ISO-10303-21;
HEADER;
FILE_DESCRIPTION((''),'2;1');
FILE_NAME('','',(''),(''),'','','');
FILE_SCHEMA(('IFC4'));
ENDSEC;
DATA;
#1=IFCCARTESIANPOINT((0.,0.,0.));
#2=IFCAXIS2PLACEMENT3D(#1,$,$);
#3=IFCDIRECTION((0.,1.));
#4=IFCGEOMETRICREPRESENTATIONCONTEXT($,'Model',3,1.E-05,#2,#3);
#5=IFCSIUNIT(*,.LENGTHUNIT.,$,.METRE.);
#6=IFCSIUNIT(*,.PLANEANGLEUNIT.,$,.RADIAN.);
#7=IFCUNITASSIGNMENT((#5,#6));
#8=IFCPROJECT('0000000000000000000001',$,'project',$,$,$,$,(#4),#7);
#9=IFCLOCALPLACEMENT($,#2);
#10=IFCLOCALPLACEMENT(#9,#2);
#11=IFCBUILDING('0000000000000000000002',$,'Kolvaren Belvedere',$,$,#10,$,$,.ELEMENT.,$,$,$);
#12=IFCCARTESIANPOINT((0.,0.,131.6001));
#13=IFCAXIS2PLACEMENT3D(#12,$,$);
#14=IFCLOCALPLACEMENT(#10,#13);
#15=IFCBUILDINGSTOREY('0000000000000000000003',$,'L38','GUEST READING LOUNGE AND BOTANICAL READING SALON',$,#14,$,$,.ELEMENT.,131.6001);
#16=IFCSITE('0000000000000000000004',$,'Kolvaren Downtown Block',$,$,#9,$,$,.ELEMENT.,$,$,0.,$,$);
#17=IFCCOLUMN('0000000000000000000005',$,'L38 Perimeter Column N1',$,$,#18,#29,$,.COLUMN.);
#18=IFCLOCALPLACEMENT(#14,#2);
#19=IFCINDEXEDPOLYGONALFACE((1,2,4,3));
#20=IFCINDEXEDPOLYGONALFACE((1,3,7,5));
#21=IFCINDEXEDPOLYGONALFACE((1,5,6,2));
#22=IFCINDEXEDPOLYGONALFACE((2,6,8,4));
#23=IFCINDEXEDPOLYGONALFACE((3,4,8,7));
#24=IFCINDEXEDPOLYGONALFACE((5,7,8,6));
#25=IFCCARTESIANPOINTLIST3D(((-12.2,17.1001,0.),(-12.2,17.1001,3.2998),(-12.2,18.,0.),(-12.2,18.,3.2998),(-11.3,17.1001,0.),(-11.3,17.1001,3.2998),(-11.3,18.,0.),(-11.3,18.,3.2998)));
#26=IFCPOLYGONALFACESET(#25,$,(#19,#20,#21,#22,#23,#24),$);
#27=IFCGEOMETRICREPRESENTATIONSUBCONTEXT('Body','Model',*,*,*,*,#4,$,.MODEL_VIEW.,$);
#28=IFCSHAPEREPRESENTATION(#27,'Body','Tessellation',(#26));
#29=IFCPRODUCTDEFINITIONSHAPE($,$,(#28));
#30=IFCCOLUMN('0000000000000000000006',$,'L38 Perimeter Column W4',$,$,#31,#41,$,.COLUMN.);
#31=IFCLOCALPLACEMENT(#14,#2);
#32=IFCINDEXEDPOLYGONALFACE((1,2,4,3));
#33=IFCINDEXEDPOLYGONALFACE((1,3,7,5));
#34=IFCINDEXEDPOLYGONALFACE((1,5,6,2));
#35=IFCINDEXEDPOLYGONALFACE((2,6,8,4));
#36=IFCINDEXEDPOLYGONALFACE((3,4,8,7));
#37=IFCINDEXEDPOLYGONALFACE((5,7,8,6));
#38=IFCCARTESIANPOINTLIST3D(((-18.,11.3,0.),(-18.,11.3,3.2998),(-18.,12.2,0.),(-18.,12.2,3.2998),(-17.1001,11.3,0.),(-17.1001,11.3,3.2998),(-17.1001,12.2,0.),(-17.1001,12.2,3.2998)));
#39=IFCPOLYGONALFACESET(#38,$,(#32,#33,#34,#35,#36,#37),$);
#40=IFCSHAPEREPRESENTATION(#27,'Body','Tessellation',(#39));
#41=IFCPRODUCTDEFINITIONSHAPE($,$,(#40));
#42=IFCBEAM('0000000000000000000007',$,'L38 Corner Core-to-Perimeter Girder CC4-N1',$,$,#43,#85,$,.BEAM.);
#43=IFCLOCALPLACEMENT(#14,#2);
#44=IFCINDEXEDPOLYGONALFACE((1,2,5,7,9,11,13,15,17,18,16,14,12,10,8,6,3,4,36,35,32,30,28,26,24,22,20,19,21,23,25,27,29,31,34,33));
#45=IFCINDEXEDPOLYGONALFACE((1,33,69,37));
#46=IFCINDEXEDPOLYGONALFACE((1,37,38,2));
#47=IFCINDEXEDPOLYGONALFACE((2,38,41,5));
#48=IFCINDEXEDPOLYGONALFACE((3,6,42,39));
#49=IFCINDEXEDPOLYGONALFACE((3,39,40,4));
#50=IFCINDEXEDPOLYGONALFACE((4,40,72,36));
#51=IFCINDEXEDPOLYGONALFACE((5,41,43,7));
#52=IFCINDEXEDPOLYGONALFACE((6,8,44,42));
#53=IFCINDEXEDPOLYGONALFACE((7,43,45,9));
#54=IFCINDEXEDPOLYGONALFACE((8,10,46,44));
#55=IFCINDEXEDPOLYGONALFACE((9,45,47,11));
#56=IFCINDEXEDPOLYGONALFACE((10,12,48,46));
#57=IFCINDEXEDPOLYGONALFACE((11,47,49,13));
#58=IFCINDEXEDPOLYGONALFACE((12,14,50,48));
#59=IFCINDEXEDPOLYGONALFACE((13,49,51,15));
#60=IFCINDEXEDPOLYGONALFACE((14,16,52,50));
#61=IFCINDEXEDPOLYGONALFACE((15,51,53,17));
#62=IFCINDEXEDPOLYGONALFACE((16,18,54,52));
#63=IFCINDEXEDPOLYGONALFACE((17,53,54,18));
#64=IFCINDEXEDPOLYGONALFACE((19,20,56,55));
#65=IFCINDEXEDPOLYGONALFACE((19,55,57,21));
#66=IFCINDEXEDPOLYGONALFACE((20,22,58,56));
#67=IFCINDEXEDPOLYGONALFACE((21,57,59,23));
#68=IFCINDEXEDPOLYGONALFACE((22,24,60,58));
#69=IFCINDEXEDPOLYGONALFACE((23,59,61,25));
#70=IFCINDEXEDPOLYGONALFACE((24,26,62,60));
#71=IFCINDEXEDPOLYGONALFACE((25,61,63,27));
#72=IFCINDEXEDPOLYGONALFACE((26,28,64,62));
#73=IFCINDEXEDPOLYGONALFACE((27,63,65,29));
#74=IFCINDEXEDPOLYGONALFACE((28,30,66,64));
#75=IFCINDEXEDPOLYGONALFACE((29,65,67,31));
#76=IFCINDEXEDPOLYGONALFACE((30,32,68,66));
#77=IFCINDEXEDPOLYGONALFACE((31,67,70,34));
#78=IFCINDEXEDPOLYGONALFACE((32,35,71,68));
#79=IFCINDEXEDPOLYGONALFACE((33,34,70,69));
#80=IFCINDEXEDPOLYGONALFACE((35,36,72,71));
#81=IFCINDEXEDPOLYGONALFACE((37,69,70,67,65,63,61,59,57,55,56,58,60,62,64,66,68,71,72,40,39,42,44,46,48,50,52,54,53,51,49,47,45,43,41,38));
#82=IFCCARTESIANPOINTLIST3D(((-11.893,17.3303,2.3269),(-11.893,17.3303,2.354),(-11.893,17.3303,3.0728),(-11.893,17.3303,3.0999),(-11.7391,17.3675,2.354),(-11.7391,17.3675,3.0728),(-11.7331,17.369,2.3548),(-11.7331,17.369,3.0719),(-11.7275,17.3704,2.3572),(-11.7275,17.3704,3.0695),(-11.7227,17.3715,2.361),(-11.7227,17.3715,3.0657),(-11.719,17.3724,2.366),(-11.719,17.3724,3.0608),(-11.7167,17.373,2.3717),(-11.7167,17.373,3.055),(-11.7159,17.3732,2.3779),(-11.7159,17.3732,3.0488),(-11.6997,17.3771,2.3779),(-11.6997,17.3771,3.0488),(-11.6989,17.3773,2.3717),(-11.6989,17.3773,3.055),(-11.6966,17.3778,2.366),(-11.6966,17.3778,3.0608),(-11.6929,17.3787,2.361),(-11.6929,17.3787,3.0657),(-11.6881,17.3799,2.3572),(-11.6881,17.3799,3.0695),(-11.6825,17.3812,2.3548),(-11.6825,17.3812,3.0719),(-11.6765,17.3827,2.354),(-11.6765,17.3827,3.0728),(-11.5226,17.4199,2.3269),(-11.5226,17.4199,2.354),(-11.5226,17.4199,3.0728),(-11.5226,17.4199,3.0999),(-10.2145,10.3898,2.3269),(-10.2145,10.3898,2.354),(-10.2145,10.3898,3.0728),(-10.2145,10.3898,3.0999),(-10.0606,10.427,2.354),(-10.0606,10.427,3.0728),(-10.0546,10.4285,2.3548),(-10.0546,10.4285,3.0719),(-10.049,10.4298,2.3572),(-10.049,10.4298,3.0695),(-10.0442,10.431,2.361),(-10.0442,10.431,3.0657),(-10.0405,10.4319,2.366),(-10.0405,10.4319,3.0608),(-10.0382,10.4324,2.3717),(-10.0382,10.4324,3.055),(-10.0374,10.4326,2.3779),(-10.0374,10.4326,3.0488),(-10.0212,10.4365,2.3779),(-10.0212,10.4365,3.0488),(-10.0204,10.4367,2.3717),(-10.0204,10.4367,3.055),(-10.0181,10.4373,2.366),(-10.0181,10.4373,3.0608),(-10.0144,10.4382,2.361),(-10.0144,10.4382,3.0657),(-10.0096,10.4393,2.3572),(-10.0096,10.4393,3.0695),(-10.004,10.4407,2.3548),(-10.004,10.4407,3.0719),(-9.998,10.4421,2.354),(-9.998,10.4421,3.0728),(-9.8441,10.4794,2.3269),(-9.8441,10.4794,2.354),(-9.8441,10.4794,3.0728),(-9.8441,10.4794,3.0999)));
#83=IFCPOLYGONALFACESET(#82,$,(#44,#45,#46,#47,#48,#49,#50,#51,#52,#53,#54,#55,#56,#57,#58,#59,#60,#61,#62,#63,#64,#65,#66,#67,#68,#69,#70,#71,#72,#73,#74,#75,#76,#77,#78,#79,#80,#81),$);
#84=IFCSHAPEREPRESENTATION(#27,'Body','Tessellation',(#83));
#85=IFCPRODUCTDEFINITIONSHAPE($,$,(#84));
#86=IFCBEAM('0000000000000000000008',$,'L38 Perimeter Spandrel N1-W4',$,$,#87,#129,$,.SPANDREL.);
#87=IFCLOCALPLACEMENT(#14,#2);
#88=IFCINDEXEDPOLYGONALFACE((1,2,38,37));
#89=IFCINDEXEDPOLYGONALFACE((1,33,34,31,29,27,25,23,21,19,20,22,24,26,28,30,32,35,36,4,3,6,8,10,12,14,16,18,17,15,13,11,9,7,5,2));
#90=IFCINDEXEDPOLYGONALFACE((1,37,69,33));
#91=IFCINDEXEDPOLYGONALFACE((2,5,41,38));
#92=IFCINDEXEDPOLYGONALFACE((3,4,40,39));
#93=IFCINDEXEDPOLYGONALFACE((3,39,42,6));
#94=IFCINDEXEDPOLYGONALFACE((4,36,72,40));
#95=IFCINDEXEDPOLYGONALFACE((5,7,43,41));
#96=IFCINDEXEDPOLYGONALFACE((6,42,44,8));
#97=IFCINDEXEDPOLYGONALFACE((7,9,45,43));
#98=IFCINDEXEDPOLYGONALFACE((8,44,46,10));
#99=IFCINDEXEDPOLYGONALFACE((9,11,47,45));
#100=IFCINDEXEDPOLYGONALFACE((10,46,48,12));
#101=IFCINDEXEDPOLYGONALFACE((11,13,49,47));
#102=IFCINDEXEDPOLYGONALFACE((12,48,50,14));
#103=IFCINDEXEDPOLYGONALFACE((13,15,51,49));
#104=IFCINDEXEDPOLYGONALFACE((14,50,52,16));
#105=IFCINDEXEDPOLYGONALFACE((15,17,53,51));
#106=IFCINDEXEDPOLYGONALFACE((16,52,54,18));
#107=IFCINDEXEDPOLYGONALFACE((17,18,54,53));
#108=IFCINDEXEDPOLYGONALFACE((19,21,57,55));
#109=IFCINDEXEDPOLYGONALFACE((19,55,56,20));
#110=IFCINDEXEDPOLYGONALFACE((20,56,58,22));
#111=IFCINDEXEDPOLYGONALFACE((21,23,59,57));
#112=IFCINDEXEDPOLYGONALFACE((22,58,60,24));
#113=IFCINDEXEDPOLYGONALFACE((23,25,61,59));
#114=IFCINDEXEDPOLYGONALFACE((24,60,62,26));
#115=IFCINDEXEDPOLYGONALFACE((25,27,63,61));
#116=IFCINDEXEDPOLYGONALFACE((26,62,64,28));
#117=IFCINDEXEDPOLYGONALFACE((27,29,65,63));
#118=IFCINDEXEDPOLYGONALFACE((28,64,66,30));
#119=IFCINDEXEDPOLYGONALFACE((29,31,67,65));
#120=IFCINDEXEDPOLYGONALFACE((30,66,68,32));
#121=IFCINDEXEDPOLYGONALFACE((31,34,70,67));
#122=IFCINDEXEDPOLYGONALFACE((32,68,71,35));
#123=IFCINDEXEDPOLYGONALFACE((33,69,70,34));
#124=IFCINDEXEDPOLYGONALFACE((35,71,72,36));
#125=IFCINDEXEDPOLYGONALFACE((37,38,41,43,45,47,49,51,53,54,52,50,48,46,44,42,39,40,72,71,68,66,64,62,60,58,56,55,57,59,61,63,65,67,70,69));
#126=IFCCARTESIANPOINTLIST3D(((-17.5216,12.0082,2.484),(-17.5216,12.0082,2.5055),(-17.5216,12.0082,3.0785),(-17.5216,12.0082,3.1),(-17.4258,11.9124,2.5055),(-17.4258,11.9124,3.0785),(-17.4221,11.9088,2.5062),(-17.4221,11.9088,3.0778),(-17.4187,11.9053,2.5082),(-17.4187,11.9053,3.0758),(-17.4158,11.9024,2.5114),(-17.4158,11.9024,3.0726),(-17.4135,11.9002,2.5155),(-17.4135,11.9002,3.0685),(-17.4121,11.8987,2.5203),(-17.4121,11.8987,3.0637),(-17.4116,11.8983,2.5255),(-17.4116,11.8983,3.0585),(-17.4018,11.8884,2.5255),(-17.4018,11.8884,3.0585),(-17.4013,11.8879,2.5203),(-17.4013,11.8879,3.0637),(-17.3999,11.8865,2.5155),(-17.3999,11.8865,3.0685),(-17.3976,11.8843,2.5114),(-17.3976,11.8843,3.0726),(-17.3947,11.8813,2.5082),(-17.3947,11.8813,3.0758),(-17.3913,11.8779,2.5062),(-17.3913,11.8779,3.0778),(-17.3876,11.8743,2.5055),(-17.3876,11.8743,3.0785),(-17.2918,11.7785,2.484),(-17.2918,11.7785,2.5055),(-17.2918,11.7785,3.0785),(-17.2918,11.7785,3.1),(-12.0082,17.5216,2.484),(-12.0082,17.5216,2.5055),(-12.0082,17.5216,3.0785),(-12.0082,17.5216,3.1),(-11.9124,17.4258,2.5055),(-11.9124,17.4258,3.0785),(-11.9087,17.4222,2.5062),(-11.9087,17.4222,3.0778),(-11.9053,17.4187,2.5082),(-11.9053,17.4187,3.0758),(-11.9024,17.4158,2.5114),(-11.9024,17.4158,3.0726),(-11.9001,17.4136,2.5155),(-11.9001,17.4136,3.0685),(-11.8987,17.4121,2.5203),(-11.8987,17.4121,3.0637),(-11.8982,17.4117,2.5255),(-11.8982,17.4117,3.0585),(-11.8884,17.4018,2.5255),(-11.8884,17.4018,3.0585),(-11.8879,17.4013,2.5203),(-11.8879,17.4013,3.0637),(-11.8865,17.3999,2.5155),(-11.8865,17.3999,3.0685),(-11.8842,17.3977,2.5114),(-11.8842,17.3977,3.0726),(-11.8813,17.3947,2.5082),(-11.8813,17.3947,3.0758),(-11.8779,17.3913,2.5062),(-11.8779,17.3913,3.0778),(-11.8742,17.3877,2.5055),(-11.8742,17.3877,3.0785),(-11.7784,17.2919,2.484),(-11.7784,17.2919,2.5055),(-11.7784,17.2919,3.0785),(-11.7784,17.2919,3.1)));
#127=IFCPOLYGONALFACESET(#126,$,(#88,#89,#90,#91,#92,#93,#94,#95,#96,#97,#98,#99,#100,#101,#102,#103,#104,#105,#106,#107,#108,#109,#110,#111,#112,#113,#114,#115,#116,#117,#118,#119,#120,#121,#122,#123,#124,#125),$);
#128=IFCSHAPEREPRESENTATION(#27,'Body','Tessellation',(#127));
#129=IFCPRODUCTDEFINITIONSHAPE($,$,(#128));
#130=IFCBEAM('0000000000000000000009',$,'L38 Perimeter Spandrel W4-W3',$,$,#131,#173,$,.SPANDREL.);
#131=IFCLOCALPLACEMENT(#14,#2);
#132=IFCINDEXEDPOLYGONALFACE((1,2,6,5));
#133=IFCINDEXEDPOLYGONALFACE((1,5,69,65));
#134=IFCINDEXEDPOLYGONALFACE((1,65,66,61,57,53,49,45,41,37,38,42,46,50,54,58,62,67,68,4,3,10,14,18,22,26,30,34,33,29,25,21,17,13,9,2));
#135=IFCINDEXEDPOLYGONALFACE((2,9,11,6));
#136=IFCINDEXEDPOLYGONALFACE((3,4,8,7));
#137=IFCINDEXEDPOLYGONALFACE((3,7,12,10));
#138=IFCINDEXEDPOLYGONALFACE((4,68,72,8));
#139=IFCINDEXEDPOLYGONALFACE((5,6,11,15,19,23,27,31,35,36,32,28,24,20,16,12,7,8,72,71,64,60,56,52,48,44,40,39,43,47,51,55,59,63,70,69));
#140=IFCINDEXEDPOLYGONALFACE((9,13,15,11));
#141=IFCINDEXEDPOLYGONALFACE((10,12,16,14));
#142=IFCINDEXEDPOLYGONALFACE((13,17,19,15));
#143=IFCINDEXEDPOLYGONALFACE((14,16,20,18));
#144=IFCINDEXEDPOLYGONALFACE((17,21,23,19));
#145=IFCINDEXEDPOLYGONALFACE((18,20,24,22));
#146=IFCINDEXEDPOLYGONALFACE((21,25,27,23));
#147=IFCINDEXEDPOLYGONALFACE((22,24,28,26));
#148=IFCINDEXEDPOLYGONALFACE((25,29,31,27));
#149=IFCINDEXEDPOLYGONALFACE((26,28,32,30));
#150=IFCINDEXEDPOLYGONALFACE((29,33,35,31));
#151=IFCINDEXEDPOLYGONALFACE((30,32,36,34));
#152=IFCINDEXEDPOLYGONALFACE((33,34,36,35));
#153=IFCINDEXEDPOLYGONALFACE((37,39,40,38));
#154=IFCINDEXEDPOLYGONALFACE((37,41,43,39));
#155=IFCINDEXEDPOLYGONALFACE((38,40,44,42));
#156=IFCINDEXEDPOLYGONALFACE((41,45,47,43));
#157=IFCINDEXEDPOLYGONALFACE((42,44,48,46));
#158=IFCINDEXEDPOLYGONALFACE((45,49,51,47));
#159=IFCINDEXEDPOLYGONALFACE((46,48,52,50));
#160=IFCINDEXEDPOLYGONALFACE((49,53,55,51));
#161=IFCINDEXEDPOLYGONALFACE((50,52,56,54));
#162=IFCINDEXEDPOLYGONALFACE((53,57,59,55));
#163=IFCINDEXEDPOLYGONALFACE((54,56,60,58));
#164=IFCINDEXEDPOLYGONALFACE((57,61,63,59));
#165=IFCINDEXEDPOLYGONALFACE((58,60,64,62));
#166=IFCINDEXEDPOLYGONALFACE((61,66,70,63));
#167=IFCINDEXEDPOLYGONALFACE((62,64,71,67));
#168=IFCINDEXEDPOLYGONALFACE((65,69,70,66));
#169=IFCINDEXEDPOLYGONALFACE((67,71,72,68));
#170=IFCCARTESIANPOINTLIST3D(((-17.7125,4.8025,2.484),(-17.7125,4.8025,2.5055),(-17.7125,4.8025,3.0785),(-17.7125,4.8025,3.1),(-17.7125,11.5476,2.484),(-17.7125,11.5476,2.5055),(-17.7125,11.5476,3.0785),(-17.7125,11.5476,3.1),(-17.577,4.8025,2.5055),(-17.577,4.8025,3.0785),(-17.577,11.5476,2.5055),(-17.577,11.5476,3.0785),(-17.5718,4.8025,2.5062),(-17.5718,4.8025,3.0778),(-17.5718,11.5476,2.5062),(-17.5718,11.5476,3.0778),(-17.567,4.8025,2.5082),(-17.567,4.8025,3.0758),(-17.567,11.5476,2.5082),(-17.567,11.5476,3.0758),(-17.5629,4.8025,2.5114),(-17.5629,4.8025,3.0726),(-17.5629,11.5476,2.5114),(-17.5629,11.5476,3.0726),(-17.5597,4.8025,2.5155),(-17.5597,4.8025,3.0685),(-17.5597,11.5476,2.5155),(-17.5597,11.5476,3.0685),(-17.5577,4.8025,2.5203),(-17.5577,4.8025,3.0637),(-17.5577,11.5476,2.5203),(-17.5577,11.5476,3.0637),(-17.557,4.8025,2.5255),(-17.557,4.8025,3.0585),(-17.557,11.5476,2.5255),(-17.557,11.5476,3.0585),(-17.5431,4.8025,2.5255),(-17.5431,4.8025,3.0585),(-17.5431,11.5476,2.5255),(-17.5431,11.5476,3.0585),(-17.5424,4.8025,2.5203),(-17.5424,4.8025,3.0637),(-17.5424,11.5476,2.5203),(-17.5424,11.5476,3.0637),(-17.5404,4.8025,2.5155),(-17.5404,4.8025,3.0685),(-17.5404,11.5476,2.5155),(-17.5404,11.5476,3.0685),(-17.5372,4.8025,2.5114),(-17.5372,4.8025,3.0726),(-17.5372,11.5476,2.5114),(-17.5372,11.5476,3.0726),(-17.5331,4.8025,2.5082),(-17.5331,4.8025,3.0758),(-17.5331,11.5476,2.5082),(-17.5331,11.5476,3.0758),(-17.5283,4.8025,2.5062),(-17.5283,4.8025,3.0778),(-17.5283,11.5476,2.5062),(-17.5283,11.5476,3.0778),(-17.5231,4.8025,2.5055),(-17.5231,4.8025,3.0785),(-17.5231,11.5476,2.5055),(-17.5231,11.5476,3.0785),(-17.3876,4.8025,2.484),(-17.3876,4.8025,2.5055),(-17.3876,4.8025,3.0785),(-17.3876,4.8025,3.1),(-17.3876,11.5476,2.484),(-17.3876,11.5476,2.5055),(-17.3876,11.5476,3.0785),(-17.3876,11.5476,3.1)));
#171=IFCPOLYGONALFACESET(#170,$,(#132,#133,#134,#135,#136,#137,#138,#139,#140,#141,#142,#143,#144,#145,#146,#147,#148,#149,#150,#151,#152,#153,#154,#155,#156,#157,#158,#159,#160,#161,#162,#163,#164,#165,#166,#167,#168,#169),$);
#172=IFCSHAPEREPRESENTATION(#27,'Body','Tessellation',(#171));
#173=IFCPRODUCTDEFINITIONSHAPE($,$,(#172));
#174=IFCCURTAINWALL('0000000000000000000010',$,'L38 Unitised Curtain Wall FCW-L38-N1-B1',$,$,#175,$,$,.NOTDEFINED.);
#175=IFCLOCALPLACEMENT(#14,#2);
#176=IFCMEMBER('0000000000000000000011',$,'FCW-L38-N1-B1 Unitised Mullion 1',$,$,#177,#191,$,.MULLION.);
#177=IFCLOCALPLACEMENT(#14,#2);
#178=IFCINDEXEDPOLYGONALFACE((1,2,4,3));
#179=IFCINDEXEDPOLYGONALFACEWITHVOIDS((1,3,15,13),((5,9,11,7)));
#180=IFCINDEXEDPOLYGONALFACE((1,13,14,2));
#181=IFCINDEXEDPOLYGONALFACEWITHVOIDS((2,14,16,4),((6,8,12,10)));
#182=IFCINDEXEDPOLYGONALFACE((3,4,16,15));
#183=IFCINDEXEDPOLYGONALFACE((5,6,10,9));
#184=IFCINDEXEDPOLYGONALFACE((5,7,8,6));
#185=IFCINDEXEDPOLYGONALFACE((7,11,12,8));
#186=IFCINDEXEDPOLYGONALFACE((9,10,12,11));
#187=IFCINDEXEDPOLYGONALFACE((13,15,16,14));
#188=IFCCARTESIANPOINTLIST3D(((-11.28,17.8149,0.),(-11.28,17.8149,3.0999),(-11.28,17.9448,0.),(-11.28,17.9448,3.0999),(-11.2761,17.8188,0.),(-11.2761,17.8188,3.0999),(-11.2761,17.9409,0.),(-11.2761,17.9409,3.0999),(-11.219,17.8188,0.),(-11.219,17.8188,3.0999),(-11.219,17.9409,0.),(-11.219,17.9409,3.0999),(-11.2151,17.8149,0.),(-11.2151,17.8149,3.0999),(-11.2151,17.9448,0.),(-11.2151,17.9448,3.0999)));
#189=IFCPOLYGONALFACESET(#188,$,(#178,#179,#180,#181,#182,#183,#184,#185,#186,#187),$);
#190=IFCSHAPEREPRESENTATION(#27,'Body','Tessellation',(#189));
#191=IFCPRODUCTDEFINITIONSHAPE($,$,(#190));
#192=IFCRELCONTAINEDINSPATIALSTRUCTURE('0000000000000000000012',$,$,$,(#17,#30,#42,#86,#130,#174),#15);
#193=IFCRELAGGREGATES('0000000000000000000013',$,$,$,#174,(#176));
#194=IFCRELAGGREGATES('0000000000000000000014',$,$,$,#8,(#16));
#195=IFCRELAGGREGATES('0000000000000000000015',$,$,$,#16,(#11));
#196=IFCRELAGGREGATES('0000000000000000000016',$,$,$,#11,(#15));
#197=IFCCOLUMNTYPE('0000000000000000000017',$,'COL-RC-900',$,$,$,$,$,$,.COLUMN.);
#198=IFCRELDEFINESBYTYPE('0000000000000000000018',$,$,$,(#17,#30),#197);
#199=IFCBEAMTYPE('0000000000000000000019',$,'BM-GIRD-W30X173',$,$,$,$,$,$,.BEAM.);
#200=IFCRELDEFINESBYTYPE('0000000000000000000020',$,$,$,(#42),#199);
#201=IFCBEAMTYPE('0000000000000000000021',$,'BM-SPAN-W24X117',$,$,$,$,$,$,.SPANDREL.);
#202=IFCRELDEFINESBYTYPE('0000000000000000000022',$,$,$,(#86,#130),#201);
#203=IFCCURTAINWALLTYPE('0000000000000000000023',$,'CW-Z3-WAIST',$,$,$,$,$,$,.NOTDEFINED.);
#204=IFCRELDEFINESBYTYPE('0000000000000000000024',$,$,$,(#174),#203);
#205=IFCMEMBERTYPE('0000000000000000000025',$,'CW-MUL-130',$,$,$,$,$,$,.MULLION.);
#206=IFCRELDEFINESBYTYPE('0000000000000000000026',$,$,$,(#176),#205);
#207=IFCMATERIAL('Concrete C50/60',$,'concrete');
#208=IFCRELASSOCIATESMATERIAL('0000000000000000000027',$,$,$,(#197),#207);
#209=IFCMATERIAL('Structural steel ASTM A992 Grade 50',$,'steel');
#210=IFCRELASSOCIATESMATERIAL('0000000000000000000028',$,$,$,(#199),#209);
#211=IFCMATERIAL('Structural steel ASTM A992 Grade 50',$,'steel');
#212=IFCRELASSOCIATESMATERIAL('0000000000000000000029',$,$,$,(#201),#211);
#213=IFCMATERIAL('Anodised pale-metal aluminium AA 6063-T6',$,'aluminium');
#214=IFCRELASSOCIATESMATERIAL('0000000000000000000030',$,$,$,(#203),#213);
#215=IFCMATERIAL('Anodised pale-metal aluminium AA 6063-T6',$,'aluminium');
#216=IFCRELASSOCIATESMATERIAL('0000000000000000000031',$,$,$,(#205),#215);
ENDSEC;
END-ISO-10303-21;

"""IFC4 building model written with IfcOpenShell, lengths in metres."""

from ifc_helpers import new_model, si_unit, direction, frame, origin, origin_2d, place, context, subcontext, project, spatial, rectangle, hollow_rectangle, i_section, extrude, material, material_profile, profile_set, type_object, element, aggregate, save


model = new_model("IFC4")

# Units and contexts
model_context = context("Model", 3, precision=1e-05, world=origin(), true_north=direction((0.0, 1.0)))
body_context = subcontext(model_context, "Body", "Model", "MODEL_VIEW")
ifc_project = project(units=[si_unit("LENGTHUNIT", "METRE"), si_unit("PLANEANGLEUNIT", "RADIAN")], contexts=[model_context])

# Site, building, storey
site_placement = place(None, origin())
site = spatial("IfcSite", under=ifc_project, at=site_placement, Name="Kolvaren Downtown Block", CompositionType="ELEMENT", RefElevation=0.0)
building_placement = place(site_placement, origin())
building = spatial("IfcBuilding", under=site, at=building_placement, Name="Kolvaren Belvedere", CompositionType="ELEMENT")
storey_placement = place(building_placement, frame((0.0, 0.0, 131.6001)))
storey = spatial("IfcBuildingStorey", under=building, at=storey_placement, Name="L38", Description="GUEST READING LOUNGE AND BOTANICAL READING SALON", CompositionType="ELEMENT", Elevation=131.6001)

# Columns
ifc_material_1 = material(Name="Concrete C50/60", Category="concrete")
ifc_material_profile_1 = material_profile(ifc_material_1, rectangle(XDim=0.8999, YDim=0.8999, at=origin_2d()), Name="RC 900X900")
ifc_profile_set_1 = profile_set([ifc_material_profile_1], Name="Concrete C50/60")
column_type = type_object("IfcColumnType", Name="COL-RC-900", PredefinedType="COLUMN", material=ifc_profile_set_1)
for number, where, z_axis, x_axis, name in (
    (1, (-11.75, 17.55, 0.0), (0.0, 0.0, 1.0), (1.0, 0.0, 0.0), "L38 Perimeter Column N1"),
    (2, (-17.55, 11.75, 0.0), (0.0, 0.0, 1.0), (1.0, 0.0, 0.0), "L38 Perimeter Column W4"),
):
    element("IfcColumn", number, at=place(storey_placement, frame(where, z_axis=z_axis, x_axis=x_axis)), inside=storey, type_object=column_type, Name=name, PredefinedType="COLUMN", context=body_context, shape_type="SweptSolid", body=[
        extrude(rectangle(XDim=0.8999, YDim=0.8999, at=origin_2d()), origin(), (0.0, 0.0, 1.0), 3.2998),
    ])

# Beams
ifc_material_2 = material(Name="Structural steel ASTM A992 Grade 50", Category="steel")
ifc_material_profile_2 = material_profile(ifc_material_2, i_section(OverallWidth=0.3811, OverallDepth=0.7729, WebThickness=0.0166, FlangeThickness=0.0271, FilletRadius=0.0239, at=origin_2d()), Name="W30X173")
ifc_profile_set_2 = profile_set([ifc_material_profile_2], Name="Structural steel ASTM A992 Grade 50")
beam_type_1 = type_object("IfcBeamType", Name="BM-GIRD-W30X173", PredefinedType="BEAM", material=ifc_profile_set_2)
beam_1_placement = place(storey_placement, frame((-10.0293, 10.4346, 2.7134), z_axis=(-0.235063, 0.97198, 0.0), x_axis=(-0.97198, -0.235063, 0.0)))
element("IfcBeam", 3, at=beam_1_placement, inside=storey, type_object=beam_type_1, Name="L38 Corner Core-to-Perimeter Girder CC4-N1", PredefinedType="BEAM", context=body_context, shape_type="SweptSolid", body=[
    extrude(i_section(OverallWidth=0.3811, OverallDepth=0.7729, WebThickness=0.0166, FlangeThickness=0.0271, FilletRadius=0.0239, at=origin_2d()), origin(), (0.0, 0.0, 1.0), 7.1406),
])
ifc_material_3 = material(Name="Structural steel ASTM A992 Grade 50", Category="steel")
ifc_material_profile_3 = material_profile(ifc_material_3, i_section(OverallWidth=0.325, OverallDepth=0.616, WebThickness=0.0139, FlangeThickness=0.0215, FilletRadius=0.02, at=origin_2d()), Name="W24X117")
ifc_profile_set_3 = profile_set([ifc_material_profile_3], Name="Structural steel ASTM A992 Grade 50")
beam_type_2 = type_object("IfcBeamType", Name="BM-SPAN-W24X117", PredefinedType="SPANDREL", material=ifc_profile_set_3)
beam_2_placement = place(storey_placement, frame((-11.8933, 17.4067, 2.792), z_axis=(-0.707107, -0.707107, 0.0), x_axis=(0.707107, -0.707107, 0.0)))
element("IfcBeam", 4, at=beam_2_placement, inside=storey, type_object=beam_type_2, Name="L38 Perimeter Spandrel N1-W4", PredefinedType="SPANDREL", context=body_context, shape_type="SweptSolid", body=[
    extrude(i_section(OverallWidth=0.325, OverallDepth=0.616, WebThickness=0.0139, FlangeThickness=0.0215, FilletRadius=0.02, at=origin_2d()), origin(), (0.0, 0.0, 1.0), 7.7971),
])
beam_3_placement = place(storey_placement, frame((-17.55, 11.5476, 2.792), z_axis=(0.0, -1.0, 0.0), x_axis=(1.0, 0.0, 0.0)))
element("IfcBeam", 5, at=beam_3_placement, inside=storey, type_object=beam_type_2, Name="L38 Perimeter Spandrel W4-W3", PredefinedType="SPANDREL", context=body_context, shape_type="SweptSolid", body=[
    extrude(i_section(OverallWidth=0.325, OverallDepth=0.616, WebThickness=0.0139, FlangeThickness=0.0215, FilletRadius=0.02, at=origin_2d()), origin(), (0.0, 0.0, 1.0), 6.7451),
])

# Curtain wall, member
ifc_material_4 = material(Name="Anodised pale-metal aluminium AA 6063-T6", Category="aluminium")
curtain_wall_type = type_object("IfcCurtainWallType", Name="CW-Z3-WAIST", PredefinedType="NOTDEFINED", material=ifc_material_4)
curtain_wall_1_placement = place(storey_placement, origin())
curtain_wall_1 = element("IfcCurtainWall", 6, at=curtain_wall_1_placement, inside=storey, type_object=curtain_wall_type, Name="L38 Unitised Curtain Wall FCW-L38-N1-B1", PredefinedType="NOTDEFINED")
ifc_material_5 = material(Name="Anodised pale-metal aluminium AA 6063-T6", Category="aluminium")
ifc_material_profile_4 = material_profile(ifc_material_5, hollow_rectangle(XDim=0.0649, YDim=0.1299, WallThickness=0.0039, at=origin_2d()), Name="ALU-MUL-130X65")
ifc_profile_set_4 = profile_set([ifc_material_profile_4], Name="Anodised pale-metal aluminium AA 6063-T6")
member_type_1 = type_object("IfcMemberType", Name="CW-MUL-130", PredefinedType="MULLION", material=ifc_profile_set_4)
member_1_placement = place(storey_placement, frame((-11.2476, 17.8799, 0.0), z_axis=(0.0, 0.0, 1.0), x_axis=(1.0, 0.0, 0.0)))
member_1 = element("IfcMember", 7, at=member_1_placement, type_object=member_type_1, Name="FCW-L38-N1-B1 Unitised Mullion 1", PredefinedType="MULLION", context=body_context, shape_type="SweptSolid", body=[
    extrude(hollow_rectangle(XDim=0.0649, YDim=0.1299, WallThickness=0.0039, at=origin_2d()), origin(), (0.0, 0.0, 1.0), 3.0999),
])

aggregate(curtain_wall_1, [member_1])

save(model, "model.ifc")
